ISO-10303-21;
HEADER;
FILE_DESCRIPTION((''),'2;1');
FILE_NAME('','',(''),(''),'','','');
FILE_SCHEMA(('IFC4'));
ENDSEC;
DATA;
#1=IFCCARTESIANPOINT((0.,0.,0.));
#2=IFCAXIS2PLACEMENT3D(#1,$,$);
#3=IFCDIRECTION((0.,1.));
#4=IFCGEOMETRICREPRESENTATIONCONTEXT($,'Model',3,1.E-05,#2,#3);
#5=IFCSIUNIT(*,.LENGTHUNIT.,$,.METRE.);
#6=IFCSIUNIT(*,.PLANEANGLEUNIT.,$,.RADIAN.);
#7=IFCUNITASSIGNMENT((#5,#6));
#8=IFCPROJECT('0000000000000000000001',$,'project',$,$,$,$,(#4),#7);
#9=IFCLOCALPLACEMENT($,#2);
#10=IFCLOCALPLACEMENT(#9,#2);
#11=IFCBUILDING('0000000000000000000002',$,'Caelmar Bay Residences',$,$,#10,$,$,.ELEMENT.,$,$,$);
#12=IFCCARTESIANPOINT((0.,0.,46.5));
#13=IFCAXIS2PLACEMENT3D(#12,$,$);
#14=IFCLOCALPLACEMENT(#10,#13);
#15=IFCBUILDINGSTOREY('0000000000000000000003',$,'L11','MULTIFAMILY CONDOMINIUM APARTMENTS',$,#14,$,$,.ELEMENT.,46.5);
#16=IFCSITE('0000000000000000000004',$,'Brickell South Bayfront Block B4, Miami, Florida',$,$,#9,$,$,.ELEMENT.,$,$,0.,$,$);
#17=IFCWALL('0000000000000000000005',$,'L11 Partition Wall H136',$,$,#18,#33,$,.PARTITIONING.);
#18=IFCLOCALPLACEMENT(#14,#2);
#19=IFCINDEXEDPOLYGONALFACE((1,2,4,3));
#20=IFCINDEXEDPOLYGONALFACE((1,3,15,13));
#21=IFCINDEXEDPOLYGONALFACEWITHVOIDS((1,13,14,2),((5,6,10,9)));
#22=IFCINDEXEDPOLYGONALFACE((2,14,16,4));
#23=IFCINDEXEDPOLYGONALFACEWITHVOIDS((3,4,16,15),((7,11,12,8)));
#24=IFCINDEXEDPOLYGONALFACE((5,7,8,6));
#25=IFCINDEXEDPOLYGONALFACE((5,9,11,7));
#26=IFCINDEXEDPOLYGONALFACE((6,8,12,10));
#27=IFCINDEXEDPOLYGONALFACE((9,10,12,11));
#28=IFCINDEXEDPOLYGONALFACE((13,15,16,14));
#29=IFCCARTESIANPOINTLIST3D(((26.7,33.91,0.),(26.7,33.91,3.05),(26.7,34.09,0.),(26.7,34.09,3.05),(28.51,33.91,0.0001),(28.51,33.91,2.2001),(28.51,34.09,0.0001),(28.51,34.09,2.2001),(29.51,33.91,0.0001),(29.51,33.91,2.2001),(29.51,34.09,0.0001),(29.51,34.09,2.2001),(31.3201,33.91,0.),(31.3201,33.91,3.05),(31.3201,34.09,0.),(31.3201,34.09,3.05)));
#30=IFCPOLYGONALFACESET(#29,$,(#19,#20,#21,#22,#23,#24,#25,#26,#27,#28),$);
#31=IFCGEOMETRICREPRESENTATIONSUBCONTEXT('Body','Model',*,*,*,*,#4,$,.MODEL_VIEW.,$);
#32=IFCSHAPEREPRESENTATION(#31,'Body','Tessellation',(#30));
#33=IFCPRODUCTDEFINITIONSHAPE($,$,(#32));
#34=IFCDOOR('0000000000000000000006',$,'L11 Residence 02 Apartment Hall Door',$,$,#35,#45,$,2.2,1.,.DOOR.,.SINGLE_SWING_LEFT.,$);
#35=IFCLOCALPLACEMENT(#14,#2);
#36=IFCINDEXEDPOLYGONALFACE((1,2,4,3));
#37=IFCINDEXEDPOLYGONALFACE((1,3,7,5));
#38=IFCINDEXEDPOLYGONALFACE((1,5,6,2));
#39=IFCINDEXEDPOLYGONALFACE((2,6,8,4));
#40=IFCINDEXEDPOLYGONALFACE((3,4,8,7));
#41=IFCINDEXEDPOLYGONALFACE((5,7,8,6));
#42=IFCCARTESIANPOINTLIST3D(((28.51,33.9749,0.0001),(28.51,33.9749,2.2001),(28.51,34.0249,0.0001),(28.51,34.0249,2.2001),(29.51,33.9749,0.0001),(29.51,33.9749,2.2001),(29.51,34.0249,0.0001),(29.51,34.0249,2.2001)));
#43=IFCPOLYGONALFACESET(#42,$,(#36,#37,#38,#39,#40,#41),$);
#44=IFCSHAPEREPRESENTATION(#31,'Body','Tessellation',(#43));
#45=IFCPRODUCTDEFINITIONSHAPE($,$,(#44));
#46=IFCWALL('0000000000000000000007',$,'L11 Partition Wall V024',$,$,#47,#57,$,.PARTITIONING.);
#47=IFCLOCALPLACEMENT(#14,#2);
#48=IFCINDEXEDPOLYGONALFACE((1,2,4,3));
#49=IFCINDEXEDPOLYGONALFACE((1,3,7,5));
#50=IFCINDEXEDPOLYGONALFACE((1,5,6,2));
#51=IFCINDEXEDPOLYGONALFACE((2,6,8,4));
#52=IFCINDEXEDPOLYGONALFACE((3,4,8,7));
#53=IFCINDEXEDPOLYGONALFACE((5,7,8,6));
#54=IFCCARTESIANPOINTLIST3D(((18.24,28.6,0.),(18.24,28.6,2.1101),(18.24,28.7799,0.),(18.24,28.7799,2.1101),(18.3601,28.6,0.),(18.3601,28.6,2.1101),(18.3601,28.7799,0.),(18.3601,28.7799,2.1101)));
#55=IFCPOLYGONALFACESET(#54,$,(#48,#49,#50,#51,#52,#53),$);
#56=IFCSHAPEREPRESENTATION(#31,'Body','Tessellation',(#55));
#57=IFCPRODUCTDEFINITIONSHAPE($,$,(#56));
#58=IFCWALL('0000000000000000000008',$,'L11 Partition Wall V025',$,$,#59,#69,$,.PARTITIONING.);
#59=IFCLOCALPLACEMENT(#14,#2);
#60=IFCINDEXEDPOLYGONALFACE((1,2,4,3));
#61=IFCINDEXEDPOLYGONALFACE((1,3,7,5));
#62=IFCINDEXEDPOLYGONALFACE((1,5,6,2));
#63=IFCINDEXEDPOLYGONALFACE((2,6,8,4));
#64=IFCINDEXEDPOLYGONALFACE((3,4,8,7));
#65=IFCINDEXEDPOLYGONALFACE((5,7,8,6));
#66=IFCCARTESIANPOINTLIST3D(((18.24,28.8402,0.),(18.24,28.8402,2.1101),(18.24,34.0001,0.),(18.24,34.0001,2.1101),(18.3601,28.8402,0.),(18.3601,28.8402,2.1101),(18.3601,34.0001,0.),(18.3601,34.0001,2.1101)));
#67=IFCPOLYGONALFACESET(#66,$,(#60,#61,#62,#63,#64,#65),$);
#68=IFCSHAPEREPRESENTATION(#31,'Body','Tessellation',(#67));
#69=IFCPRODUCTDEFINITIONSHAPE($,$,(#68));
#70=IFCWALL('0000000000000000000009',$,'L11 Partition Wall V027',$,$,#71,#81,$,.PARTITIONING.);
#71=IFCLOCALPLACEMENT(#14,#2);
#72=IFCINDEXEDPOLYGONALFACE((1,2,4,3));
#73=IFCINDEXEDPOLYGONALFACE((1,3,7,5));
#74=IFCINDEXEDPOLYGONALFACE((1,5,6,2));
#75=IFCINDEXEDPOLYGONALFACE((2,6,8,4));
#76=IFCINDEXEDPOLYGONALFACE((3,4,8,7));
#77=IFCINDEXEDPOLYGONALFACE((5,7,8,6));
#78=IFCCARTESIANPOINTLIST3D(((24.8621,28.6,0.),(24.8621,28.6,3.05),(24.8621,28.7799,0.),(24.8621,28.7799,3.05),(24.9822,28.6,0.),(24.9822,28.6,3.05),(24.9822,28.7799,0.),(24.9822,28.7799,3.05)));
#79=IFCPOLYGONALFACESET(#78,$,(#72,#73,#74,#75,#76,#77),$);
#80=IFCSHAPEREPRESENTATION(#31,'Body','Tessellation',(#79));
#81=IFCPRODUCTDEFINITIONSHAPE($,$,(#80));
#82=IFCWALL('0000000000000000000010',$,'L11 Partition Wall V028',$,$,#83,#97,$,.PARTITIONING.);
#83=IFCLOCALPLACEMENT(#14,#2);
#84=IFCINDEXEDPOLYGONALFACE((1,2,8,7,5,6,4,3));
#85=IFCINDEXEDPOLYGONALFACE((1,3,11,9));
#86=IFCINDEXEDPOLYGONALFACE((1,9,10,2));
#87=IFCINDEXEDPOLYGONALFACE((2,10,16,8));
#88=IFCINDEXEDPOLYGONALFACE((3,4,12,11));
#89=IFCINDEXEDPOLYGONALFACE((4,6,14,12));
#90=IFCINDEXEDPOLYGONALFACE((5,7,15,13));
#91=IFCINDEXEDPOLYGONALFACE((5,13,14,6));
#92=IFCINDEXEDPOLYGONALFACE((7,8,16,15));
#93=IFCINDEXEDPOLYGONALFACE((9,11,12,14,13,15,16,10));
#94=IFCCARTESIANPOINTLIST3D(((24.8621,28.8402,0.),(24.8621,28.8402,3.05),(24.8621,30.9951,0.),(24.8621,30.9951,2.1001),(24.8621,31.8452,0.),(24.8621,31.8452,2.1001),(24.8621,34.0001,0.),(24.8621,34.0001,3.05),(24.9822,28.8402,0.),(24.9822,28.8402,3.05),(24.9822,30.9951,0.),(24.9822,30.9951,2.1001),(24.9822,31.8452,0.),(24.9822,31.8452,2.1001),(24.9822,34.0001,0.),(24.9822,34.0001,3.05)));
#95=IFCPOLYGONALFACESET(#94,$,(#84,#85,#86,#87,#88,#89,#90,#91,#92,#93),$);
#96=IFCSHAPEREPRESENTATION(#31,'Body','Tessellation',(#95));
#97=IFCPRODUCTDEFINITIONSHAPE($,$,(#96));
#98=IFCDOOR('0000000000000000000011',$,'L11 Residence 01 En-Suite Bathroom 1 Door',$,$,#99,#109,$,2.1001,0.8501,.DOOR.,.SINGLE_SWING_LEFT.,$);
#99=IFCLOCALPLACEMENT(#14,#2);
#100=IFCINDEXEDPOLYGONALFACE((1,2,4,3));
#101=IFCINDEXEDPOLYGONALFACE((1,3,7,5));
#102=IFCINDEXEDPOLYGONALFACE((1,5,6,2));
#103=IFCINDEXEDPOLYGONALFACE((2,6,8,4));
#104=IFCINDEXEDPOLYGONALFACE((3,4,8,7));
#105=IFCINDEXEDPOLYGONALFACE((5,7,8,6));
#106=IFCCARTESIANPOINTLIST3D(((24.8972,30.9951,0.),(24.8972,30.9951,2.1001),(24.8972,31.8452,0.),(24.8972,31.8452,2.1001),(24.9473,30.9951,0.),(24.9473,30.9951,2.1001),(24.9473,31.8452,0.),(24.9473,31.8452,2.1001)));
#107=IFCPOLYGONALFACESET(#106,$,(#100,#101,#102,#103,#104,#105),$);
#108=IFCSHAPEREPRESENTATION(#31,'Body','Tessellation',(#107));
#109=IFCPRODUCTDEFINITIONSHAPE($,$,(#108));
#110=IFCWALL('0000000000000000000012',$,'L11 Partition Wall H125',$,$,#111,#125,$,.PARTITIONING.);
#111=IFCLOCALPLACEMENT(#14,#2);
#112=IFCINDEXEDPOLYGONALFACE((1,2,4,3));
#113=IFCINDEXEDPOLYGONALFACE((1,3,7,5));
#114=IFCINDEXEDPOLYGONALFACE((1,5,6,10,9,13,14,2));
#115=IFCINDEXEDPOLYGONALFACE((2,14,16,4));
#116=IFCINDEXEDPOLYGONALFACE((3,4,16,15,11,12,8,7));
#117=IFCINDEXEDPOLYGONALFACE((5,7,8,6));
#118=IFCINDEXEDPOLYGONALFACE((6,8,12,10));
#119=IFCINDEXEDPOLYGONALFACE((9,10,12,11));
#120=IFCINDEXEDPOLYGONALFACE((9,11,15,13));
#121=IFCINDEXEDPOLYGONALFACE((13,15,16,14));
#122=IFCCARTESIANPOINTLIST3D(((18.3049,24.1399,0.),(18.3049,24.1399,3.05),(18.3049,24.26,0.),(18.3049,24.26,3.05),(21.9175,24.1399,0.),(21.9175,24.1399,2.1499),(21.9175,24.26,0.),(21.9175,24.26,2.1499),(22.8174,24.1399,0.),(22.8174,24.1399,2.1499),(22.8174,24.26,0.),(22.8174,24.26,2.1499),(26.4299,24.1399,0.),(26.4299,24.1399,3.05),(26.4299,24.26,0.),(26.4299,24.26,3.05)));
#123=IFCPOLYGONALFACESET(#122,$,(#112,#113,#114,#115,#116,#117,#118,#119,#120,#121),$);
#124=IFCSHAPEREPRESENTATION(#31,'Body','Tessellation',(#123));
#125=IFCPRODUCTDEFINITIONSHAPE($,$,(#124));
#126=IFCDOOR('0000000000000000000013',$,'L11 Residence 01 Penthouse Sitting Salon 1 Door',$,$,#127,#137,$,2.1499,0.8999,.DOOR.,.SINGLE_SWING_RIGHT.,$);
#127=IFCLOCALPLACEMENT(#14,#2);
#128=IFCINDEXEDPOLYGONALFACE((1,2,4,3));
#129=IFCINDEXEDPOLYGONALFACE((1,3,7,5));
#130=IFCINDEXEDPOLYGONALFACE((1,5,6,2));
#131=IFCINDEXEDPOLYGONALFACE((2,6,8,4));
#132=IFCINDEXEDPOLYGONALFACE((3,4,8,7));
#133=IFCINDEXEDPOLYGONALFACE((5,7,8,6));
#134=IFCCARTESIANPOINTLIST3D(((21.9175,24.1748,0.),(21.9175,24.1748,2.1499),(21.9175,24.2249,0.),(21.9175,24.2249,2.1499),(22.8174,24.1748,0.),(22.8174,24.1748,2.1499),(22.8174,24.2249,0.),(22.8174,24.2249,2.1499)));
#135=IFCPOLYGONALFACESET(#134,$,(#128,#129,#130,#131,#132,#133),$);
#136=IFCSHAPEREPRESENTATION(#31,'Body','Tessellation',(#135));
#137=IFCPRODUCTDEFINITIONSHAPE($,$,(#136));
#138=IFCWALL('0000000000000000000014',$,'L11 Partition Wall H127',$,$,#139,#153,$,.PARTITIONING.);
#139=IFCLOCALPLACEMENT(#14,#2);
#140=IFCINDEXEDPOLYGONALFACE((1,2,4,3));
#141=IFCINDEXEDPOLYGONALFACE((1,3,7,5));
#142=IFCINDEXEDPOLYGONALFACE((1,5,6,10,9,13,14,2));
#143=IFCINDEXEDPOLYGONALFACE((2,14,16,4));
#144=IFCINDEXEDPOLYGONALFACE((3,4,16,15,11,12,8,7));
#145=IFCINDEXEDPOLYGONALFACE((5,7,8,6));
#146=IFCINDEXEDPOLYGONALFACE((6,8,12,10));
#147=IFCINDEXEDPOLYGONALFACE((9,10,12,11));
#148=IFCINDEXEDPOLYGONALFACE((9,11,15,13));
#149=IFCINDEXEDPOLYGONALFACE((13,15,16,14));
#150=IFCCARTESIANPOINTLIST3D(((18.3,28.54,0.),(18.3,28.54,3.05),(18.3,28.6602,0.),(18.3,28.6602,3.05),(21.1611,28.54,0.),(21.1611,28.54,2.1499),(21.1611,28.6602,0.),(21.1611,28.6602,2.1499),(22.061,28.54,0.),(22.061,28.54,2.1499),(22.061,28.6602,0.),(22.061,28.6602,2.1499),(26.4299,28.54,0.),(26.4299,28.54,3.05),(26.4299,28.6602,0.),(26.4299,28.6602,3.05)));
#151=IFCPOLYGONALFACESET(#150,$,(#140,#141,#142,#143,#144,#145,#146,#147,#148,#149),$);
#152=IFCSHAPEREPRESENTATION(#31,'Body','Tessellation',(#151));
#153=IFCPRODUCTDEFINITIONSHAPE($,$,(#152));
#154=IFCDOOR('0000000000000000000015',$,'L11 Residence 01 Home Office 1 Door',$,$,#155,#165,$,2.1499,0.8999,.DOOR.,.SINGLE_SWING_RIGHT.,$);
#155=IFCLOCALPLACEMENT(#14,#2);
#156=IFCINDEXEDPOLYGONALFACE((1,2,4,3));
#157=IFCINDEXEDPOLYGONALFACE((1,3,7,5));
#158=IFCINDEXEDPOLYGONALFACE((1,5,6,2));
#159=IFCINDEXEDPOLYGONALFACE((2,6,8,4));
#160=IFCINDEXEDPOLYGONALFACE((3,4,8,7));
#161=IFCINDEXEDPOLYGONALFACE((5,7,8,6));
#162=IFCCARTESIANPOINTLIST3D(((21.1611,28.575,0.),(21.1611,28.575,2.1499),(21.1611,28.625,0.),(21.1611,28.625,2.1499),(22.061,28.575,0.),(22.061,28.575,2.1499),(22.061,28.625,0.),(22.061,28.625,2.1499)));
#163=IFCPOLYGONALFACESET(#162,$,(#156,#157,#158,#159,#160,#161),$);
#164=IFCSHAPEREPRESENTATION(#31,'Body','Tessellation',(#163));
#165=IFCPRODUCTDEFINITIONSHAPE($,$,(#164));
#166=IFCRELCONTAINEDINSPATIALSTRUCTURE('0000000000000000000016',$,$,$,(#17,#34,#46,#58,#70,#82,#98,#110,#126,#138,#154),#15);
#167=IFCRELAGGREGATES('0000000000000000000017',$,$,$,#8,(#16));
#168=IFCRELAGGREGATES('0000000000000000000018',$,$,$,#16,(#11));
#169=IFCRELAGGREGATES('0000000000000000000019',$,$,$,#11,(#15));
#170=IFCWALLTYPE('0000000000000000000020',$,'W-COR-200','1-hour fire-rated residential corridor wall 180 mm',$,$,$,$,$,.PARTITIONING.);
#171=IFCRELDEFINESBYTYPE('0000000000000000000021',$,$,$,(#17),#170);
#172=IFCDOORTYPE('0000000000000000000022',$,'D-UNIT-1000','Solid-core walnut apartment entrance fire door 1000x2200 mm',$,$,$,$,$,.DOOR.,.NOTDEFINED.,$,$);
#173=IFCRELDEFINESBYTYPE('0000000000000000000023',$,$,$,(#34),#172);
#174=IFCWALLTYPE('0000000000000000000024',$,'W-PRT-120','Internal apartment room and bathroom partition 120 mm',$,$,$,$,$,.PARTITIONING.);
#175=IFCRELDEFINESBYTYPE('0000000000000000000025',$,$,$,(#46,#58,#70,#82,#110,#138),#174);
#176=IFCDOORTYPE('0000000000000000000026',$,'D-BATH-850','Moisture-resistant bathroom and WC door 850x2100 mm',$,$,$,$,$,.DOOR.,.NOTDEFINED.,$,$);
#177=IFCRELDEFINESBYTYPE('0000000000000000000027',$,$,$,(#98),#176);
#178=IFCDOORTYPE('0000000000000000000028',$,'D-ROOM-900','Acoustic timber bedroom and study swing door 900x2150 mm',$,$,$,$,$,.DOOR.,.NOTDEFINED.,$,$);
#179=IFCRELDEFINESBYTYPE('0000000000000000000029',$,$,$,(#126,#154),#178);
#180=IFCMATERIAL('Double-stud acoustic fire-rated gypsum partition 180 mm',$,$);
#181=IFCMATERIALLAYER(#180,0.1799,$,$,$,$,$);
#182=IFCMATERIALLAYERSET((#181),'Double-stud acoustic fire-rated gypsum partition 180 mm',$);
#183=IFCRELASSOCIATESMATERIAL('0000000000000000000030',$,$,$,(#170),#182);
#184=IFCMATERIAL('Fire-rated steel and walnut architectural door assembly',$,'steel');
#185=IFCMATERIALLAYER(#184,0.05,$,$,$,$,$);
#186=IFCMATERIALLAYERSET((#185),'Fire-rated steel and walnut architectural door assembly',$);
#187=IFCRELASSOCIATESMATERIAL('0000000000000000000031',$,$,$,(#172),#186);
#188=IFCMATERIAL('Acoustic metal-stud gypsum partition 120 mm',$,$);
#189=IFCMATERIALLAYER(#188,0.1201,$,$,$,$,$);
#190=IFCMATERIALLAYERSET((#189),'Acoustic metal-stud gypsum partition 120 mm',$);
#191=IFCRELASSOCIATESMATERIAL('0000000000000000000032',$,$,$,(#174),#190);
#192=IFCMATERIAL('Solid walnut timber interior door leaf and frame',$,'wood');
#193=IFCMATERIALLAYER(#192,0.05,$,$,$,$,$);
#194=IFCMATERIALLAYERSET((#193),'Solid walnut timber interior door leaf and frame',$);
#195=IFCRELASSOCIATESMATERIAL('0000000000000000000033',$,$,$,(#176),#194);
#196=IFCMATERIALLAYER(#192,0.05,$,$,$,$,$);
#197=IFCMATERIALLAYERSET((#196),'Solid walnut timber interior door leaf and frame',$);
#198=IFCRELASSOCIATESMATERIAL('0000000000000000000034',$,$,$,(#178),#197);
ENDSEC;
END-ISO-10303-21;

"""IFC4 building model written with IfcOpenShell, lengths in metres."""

from ifc_helpers import new_model, si_unit, direction, frame, frame_2d, origin, place, context, subcontext, project, spatial, rectangle, extrude, material, layer, layer_set, type_object, element, fill, save


model = new_model("IFC4")

# Units and contexts
model_context = context("Model", 3, precision=1e-05, world=origin(), true_north=direction((0.0, 1.0)))
body_context = subcontext(model_context, "Body", "Model", "MODEL_VIEW")
ifc_project = project(units=[si_unit("LENGTHUNIT", "METRE"), si_unit("PLANEANGLEUNIT", "RADIAN")], contexts=[model_context])

# Site, building, storey
site_placement = place(None, origin())
site = spatial("IfcSite", under=ifc_project, at=site_placement, Name="Brickell South Bayfront Block B4, Miami, Florida", CompositionType="ELEMENT", RefElevation=0.0)
building_placement = place(site_placement, origin())
building = spatial("IfcBuilding", under=site, at=building_placement, Name="Caelmar Bay Residences", CompositionType="ELEMENT")
storey_placement = place(building_placement, frame((0.0, 0.0, 46.5)))
storey = spatial("IfcBuildingStorey", under=building, at=storey_placement, Name="L11", Description="MULTIFAMILY CONDOMINIUM APARTMENTS", CompositionType="ELEMENT", Elevation=46.5)

# Wall, opening, door
ifc_material_1 = material(Name="Double-stud acoustic fire-rated gypsum partition 180 mm")
ifc_layer_1 = layer(ifc_material_1, 0.1799)
ifc_layer_set_1 = layer_set([ifc_layer_1], Name="Double-stud acoustic fire-rated gypsum partition 180 mm")
wall_type_1 = type_object("IfcWallType", Name="W-COR-200", Description="1-hour fire-rated residential corridor wall 180 mm", PredefinedType="PARTITIONING", material=ifc_layer_set_1)
wall_1_placement = place(storey_placement, frame((26.7, 34.0, 0.0), z_axis=(0.0, 0.0, 1.0), x_axis=(1.0, 0.0, 0.0)))
wall_1 = element("IfcWall", 1, at=wall_1_placement, inside=storey, type_object=wall_type_1, Name="L11 Partition Wall H136", PredefinedType="PARTITIONING", context=body_context, shape_type="SweptSolid", body=[
    extrude(rectangle(XDim=4.6201, YDim=0.1799, at=frame_2d((2.3101, 0.0))), origin(), (0.0, 0.0, 1.0), 3.05),
])
opening_1_placement = place(wall_1_placement, frame((1.8101, 0.0, 0.0)))
opening_1 = element("IfcOpeningElement", 2, at=opening_1_placement, cuts=wall_1, PredefinedType="OPENING", context=body_context, shape_type="SweptSolid", body=[
    extrude(rectangle(XDim=1.0, YDim=2.2, at=frame_2d((0.5, 1.1001))), frame((0.0, 0.0999, 0.0), z_axis=(0.0, -1.0, 0.0), x_axis=(1.0, 0.0, 0.0)), (0.0, 0.0, 1.0), 0.2),
])
ifc_material_2 = material(Name="Fire-rated steel and walnut architectural door assembly", Category="steel")
ifc_layer_2 = layer(ifc_material_2, 0.05)
ifc_layer_set_2 = layer_set([ifc_layer_2], Name="Fire-rated steel and walnut architectural door assembly")
door_type_1 = type_object("IfcDoorType", Name="D-UNIT-1000", Description="Solid-core walnut apartment entrance fire door 1000x2200 mm", OperationType="NOTDEFINED", PredefinedType="DOOR", material=ifc_layer_set_2)
door_1_placement = place(opening_1_placement, origin())
door_1 = element("IfcDoor", 3, at=door_1_placement, inside=storey, type_object=door_type_1, Name="L11 Residence 02 Apartment Hall Door", OperationType="SINGLE_SWING_LEFT", OverallHeight=2.2, OverallWidth=1.0, PredefinedType="DOOR", context=body_context, shape_type="SweptSolid", body=[
    extrude(rectangle(XDim=1.0, YDim=2.2, at=frame_2d((0.5, 1.1001))), frame((0.0, 0.0249, 0.0), z_axis=(0.0, -1.0, 0.0), x_axis=(1.0, 0.0, 0.0)), (0.0, 0.0, 1.0), 0.05),
])
fill(opening_1, door_1)

# Walls
ifc_material_3 = material(Name="Acoustic metal-stud gypsum partition 120 mm")
ifc_layer_3 = layer(ifc_material_3, 0.1201)
ifc_layer_set_3 = layer_set([ifc_layer_3], Name="Acoustic metal-stud gypsum partition 120 mm")
wall_type_2 = type_object("IfcWallType", Name="W-PRT-120", Description="Internal apartment room and bathroom partition 120 mm", PredefinedType="PARTITIONING", material=ifc_layer_set_3)
wall_2_placement = place(storey_placement, frame((18.3, 28.6001, 0.0), z_axis=(0.0, 0.0, 1.0), x_axis=(0.0, 1.0, 0.0)))
element("IfcWall", 4, at=wall_2_placement, inside=storey, type_object=wall_type_2, Name="L11 Partition Wall V024", PredefinedType="PARTITIONING", context=body_context, shape_type="SweptSolid", body=[
    extrude(rectangle(XDim=0.1799, YDim=0.1201, at=frame_2d((0.0898, 0.0))), origin(), (0.0, 0.0, 1.0), 2.1101),
])
wall_3_placement = place(storey_placement, frame((18.3, 28.8401, 0.0), z_axis=(0.0, 0.0, 1.0), x_axis=(0.0, 1.0, 0.0)))
element("IfcWall", 5, at=wall_3_placement, inside=storey, type_object=wall_type_2, Name="L11 Partition Wall V025", PredefinedType="PARTITIONING", context=body_context, shape_type="SweptSolid", body=[
    extrude(rectangle(XDim=5.1599, YDim=0.1201, at=frame_2d((2.5801, 0.0))), origin(), (0.0, 0.0, 1.0), 2.1101),
])
wall_4_placement = place(storey_placement, frame((24.9221, 28.6001, 0.0), z_axis=(0.0, 0.0, 1.0), x_axis=(0.0, 1.0, 0.0)))
element("IfcWall", 6, at=wall_4_placement, inside=storey, type_object=wall_type_2, Name="L11 Partition Wall V027", PredefinedType="PARTITIONING", context=body_context, shape_type="SweptSolid", body=[
    extrude(rectangle(XDim=0.1799, YDim=0.1201, at=frame_2d((0.0898, 0.0))), origin(), (0.0, 0.0, 1.0), 3.05),
])

# Walls, openings, doors
wall_5_placement = place(storey_placement, frame((24.9221, 28.8401, 0.0), z_axis=(0.0, 0.0, 1.0), x_axis=(0.0, 1.0, 0.0)))
wall_5 = element("IfcWall", 7, at=wall_5_placement, inside=storey, type_object=wall_type_2, Name="L11 Partition Wall V028", PredefinedType="PARTITIONING", context=body_context, shape_type="SweptSolid", body=[
    extrude(rectangle(XDim=5.1599, YDim=0.1201, at=frame_2d((2.5801, 0.0))), origin(), (0.0, 0.0, 1.0), 3.05),
])
opening_2_placement = place(wall_5_placement, frame((2.155, 0.0, 0.0)))
opening_2 = element("IfcOpeningElement", 8, at=opening_2_placement, cuts=wall_5, PredefinedType="OPENING", context=body_context, shape_type="SweptSolid", body=[
    extrude(rectangle(XDim=0.8501, YDim=2.1001, at=frame_2d((0.425, 1.05))), frame((0.0, 0.0701, 0.0), z_axis=(0.0, -1.0, 0.0), x_axis=(1.0, 0.0, 0.0)), (0.0, 0.0, 1.0), 0.1401),
])
ifc_material_4 = material(Name="Solid walnut timber interior door leaf and frame", Category="wood")
ifc_layer_4 = layer(ifc_material_4, 0.05)
ifc_layer_set_4 = layer_set([ifc_layer_4], Name="Solid walnut timber interior door leaf and frame")
door_type_2 = type_object("IfcDoorType", Name="D-BATH-850", Description="Moisture-resistant bathroom and WC door 850x2100 mm", OperationType="NOTDEFINED", PredefinedType="DOOR", material=ifc_layer_set_4)
door_2_placement = place(opening_2_placement, origin())
door_2 = element("IfcDoor", 9, at=door_2_placement, inside=storey, type_object=door_type_2, Name="L11 Residence 01 En-Suite Bathroom 1 Door", OperationType="SINGLE_SWING_LEFT", OverallHeight=2.1001, OverallWidth=0.8501, PredefinedType="DOOR", context=body_context, shape_type="SweptSolid", body=[
    extrude(rectangle(XDim=0.8501, YDim=2.1001, at=frame_2d((0.425, 1.05))), frame((0.0, 0.0249, 0.0), z_axis=(0.0, -1.0, 0.0), x_axis=(1.0, 0.0, 0.0)), (0.0, 0.0, 1.0), 0.05),
])
fill(opening_2, door_2)
wall_6_placement = place(storey_placement, frame((18.3049, 24.2, 0.0), z_axis=(0.0, 0.0, 1.0), x_axis=(1.0, 0.0, 0.0)))
wall_6 = element("IfcWall", 10, at=wall_6_placement, inside=storey, type_object=wall_type_2, Name="L11 Partition Wall H125", PredefinedType="PARTITIONING", context=body_context, shape_type="SweptSolid", body=[
    extrude(rectangle(XDim=8.125, YDim=0.1201, at=frame_2d((4.0625, 0.0))), origin(), (0.0, 0.0, 1.0), 3.05),
])
opening_3_placement = place(wall_6_placement, frame((3.6125, 0.0, 0.0)))
opening_3 = element("IfcOpeningElement", 11, at=opening_3_placement, cuts=wall_6, PredefinedType="OPENING", context=body_context, shape_type="SweptSolid", body=[
    extrude(rectangle(XDim=0.8999, YDim=2.1499, at=frame_2d((0.45, 1.075))), frame((0.0, 0.0701, 0.0), z_axis=(0.0, -1.0, 0.0), x_axis=(1.0, 0.0, 0.0)), (0.0, 0.0, 1.0), 0.1401),
])
ifc_layer_5 = layer(ifc_material_4, 0.05)
ifc_layer_set_5 = layer_set([ifc_layer_5], Name="Solid walnut timber interior door leaf and frame")
door_type_3 = type_object("IfcDoorType", Name="D-ROOM-900", Description="Acoustic timber bedroom and study swing door 900x2150 mm", OperationType="NOTDEFINED", PredefinedType="DOOR", material=ifc_layer_set_5)
door_3_placement = place(opening_3_placement, origin())
door_3 = element("IfcDoor", 12, at=door_3_placement, inside=storey, type_object=door_type_3, Name="L11 Residence 01 Penthouse Sitting Salon 1 Door", OperationType="SINGLE_SWING_RIGHT", OverallHeight=2.1499, OverallWidth=0.8999, PredefinedType="DOOR", context=body_context, shape_type="SweptSolid", body=[
    extrude(rectangle(XDim=0.8999, YDim=2.1499, at=frame_2d((0.45, 1.075))), frame((0.0, 0.0249, 0.0), z_axis=(0.0, -1.0, 0.0), x_axis=(1.0, 0.0, 0.0)), (0.0, 0.0, 1.0), 0.05),
])
fill(opening_3, door_3)
wall_7_placement = place(storey_placement, frame((18.3, 28.6001, 0.0), z_axis=(0.0, 0.0, 1.0), x_axis=(1.0, 0.0, 0.0)))
wall_7 = element("IfcWall", 13, at=wall_7_placement, inside=storey, type_object=wall_type_2, Name="L11 Partition Wall H127", PredefinedType="PARTITIONING", context=body_context, shape_type="SweptSolid", body=[
    extrude(rectangle(XDim=8.1299, YDim=0.1201, at=frame_2d((4.0649, 0.0))), origin(), (0.0, 0.0, 1.0), 3.05),
])
opening_4_placement = place(wall_7_placement, frame((2.8611, 0.0, 0.0)))
opening_4 = element("IfcOpeningElement", 14, at=opening_4_placement, cuts=wall_7, PredefinedType="OPENING", context=body_context, shape_type="SweptSolid", body=[
    extrude(rectangle(XDim=0.8999, YDim=2.1499, at=frame_2d((0.45, 1.075))), frame((0.0, 0.0701, 0.0), z_axis=(0.0, -1.0, 0.0), x_axis=(1.0, 0.0, 0.0)), (0.0, 0.0, 1.0), 0.1401),
])
door_4_placement = place(opening_4_placement, origin())
door_4 = element("IfcDoor", 15, at=door_4_placement, inside=storey, type_object=door_type_3, Name="L11 Residence 01 Home Office 1 Door", OperationType="SINGLE_SWING_RIGHT", OverallHeight=2.1499, OverallWidth=0.8999, PredefinedType="DOOR", context=body_context, shape_type="SweptSolid", body=[
    extrude(rectangle(XDim=0.8999, YDim=2.1499, at=frame_2d((0.45, 1.075))), frame((0.0, 0.0249, 0.0), z_axis=(0.0, -1.0, 0.0), x_axis=(1.0, 0.0, 0.0)), (0.0, 0.0, 1.0), 0.05),
])
fill(opening_4, door_4)

save(model, "model.ifc")
